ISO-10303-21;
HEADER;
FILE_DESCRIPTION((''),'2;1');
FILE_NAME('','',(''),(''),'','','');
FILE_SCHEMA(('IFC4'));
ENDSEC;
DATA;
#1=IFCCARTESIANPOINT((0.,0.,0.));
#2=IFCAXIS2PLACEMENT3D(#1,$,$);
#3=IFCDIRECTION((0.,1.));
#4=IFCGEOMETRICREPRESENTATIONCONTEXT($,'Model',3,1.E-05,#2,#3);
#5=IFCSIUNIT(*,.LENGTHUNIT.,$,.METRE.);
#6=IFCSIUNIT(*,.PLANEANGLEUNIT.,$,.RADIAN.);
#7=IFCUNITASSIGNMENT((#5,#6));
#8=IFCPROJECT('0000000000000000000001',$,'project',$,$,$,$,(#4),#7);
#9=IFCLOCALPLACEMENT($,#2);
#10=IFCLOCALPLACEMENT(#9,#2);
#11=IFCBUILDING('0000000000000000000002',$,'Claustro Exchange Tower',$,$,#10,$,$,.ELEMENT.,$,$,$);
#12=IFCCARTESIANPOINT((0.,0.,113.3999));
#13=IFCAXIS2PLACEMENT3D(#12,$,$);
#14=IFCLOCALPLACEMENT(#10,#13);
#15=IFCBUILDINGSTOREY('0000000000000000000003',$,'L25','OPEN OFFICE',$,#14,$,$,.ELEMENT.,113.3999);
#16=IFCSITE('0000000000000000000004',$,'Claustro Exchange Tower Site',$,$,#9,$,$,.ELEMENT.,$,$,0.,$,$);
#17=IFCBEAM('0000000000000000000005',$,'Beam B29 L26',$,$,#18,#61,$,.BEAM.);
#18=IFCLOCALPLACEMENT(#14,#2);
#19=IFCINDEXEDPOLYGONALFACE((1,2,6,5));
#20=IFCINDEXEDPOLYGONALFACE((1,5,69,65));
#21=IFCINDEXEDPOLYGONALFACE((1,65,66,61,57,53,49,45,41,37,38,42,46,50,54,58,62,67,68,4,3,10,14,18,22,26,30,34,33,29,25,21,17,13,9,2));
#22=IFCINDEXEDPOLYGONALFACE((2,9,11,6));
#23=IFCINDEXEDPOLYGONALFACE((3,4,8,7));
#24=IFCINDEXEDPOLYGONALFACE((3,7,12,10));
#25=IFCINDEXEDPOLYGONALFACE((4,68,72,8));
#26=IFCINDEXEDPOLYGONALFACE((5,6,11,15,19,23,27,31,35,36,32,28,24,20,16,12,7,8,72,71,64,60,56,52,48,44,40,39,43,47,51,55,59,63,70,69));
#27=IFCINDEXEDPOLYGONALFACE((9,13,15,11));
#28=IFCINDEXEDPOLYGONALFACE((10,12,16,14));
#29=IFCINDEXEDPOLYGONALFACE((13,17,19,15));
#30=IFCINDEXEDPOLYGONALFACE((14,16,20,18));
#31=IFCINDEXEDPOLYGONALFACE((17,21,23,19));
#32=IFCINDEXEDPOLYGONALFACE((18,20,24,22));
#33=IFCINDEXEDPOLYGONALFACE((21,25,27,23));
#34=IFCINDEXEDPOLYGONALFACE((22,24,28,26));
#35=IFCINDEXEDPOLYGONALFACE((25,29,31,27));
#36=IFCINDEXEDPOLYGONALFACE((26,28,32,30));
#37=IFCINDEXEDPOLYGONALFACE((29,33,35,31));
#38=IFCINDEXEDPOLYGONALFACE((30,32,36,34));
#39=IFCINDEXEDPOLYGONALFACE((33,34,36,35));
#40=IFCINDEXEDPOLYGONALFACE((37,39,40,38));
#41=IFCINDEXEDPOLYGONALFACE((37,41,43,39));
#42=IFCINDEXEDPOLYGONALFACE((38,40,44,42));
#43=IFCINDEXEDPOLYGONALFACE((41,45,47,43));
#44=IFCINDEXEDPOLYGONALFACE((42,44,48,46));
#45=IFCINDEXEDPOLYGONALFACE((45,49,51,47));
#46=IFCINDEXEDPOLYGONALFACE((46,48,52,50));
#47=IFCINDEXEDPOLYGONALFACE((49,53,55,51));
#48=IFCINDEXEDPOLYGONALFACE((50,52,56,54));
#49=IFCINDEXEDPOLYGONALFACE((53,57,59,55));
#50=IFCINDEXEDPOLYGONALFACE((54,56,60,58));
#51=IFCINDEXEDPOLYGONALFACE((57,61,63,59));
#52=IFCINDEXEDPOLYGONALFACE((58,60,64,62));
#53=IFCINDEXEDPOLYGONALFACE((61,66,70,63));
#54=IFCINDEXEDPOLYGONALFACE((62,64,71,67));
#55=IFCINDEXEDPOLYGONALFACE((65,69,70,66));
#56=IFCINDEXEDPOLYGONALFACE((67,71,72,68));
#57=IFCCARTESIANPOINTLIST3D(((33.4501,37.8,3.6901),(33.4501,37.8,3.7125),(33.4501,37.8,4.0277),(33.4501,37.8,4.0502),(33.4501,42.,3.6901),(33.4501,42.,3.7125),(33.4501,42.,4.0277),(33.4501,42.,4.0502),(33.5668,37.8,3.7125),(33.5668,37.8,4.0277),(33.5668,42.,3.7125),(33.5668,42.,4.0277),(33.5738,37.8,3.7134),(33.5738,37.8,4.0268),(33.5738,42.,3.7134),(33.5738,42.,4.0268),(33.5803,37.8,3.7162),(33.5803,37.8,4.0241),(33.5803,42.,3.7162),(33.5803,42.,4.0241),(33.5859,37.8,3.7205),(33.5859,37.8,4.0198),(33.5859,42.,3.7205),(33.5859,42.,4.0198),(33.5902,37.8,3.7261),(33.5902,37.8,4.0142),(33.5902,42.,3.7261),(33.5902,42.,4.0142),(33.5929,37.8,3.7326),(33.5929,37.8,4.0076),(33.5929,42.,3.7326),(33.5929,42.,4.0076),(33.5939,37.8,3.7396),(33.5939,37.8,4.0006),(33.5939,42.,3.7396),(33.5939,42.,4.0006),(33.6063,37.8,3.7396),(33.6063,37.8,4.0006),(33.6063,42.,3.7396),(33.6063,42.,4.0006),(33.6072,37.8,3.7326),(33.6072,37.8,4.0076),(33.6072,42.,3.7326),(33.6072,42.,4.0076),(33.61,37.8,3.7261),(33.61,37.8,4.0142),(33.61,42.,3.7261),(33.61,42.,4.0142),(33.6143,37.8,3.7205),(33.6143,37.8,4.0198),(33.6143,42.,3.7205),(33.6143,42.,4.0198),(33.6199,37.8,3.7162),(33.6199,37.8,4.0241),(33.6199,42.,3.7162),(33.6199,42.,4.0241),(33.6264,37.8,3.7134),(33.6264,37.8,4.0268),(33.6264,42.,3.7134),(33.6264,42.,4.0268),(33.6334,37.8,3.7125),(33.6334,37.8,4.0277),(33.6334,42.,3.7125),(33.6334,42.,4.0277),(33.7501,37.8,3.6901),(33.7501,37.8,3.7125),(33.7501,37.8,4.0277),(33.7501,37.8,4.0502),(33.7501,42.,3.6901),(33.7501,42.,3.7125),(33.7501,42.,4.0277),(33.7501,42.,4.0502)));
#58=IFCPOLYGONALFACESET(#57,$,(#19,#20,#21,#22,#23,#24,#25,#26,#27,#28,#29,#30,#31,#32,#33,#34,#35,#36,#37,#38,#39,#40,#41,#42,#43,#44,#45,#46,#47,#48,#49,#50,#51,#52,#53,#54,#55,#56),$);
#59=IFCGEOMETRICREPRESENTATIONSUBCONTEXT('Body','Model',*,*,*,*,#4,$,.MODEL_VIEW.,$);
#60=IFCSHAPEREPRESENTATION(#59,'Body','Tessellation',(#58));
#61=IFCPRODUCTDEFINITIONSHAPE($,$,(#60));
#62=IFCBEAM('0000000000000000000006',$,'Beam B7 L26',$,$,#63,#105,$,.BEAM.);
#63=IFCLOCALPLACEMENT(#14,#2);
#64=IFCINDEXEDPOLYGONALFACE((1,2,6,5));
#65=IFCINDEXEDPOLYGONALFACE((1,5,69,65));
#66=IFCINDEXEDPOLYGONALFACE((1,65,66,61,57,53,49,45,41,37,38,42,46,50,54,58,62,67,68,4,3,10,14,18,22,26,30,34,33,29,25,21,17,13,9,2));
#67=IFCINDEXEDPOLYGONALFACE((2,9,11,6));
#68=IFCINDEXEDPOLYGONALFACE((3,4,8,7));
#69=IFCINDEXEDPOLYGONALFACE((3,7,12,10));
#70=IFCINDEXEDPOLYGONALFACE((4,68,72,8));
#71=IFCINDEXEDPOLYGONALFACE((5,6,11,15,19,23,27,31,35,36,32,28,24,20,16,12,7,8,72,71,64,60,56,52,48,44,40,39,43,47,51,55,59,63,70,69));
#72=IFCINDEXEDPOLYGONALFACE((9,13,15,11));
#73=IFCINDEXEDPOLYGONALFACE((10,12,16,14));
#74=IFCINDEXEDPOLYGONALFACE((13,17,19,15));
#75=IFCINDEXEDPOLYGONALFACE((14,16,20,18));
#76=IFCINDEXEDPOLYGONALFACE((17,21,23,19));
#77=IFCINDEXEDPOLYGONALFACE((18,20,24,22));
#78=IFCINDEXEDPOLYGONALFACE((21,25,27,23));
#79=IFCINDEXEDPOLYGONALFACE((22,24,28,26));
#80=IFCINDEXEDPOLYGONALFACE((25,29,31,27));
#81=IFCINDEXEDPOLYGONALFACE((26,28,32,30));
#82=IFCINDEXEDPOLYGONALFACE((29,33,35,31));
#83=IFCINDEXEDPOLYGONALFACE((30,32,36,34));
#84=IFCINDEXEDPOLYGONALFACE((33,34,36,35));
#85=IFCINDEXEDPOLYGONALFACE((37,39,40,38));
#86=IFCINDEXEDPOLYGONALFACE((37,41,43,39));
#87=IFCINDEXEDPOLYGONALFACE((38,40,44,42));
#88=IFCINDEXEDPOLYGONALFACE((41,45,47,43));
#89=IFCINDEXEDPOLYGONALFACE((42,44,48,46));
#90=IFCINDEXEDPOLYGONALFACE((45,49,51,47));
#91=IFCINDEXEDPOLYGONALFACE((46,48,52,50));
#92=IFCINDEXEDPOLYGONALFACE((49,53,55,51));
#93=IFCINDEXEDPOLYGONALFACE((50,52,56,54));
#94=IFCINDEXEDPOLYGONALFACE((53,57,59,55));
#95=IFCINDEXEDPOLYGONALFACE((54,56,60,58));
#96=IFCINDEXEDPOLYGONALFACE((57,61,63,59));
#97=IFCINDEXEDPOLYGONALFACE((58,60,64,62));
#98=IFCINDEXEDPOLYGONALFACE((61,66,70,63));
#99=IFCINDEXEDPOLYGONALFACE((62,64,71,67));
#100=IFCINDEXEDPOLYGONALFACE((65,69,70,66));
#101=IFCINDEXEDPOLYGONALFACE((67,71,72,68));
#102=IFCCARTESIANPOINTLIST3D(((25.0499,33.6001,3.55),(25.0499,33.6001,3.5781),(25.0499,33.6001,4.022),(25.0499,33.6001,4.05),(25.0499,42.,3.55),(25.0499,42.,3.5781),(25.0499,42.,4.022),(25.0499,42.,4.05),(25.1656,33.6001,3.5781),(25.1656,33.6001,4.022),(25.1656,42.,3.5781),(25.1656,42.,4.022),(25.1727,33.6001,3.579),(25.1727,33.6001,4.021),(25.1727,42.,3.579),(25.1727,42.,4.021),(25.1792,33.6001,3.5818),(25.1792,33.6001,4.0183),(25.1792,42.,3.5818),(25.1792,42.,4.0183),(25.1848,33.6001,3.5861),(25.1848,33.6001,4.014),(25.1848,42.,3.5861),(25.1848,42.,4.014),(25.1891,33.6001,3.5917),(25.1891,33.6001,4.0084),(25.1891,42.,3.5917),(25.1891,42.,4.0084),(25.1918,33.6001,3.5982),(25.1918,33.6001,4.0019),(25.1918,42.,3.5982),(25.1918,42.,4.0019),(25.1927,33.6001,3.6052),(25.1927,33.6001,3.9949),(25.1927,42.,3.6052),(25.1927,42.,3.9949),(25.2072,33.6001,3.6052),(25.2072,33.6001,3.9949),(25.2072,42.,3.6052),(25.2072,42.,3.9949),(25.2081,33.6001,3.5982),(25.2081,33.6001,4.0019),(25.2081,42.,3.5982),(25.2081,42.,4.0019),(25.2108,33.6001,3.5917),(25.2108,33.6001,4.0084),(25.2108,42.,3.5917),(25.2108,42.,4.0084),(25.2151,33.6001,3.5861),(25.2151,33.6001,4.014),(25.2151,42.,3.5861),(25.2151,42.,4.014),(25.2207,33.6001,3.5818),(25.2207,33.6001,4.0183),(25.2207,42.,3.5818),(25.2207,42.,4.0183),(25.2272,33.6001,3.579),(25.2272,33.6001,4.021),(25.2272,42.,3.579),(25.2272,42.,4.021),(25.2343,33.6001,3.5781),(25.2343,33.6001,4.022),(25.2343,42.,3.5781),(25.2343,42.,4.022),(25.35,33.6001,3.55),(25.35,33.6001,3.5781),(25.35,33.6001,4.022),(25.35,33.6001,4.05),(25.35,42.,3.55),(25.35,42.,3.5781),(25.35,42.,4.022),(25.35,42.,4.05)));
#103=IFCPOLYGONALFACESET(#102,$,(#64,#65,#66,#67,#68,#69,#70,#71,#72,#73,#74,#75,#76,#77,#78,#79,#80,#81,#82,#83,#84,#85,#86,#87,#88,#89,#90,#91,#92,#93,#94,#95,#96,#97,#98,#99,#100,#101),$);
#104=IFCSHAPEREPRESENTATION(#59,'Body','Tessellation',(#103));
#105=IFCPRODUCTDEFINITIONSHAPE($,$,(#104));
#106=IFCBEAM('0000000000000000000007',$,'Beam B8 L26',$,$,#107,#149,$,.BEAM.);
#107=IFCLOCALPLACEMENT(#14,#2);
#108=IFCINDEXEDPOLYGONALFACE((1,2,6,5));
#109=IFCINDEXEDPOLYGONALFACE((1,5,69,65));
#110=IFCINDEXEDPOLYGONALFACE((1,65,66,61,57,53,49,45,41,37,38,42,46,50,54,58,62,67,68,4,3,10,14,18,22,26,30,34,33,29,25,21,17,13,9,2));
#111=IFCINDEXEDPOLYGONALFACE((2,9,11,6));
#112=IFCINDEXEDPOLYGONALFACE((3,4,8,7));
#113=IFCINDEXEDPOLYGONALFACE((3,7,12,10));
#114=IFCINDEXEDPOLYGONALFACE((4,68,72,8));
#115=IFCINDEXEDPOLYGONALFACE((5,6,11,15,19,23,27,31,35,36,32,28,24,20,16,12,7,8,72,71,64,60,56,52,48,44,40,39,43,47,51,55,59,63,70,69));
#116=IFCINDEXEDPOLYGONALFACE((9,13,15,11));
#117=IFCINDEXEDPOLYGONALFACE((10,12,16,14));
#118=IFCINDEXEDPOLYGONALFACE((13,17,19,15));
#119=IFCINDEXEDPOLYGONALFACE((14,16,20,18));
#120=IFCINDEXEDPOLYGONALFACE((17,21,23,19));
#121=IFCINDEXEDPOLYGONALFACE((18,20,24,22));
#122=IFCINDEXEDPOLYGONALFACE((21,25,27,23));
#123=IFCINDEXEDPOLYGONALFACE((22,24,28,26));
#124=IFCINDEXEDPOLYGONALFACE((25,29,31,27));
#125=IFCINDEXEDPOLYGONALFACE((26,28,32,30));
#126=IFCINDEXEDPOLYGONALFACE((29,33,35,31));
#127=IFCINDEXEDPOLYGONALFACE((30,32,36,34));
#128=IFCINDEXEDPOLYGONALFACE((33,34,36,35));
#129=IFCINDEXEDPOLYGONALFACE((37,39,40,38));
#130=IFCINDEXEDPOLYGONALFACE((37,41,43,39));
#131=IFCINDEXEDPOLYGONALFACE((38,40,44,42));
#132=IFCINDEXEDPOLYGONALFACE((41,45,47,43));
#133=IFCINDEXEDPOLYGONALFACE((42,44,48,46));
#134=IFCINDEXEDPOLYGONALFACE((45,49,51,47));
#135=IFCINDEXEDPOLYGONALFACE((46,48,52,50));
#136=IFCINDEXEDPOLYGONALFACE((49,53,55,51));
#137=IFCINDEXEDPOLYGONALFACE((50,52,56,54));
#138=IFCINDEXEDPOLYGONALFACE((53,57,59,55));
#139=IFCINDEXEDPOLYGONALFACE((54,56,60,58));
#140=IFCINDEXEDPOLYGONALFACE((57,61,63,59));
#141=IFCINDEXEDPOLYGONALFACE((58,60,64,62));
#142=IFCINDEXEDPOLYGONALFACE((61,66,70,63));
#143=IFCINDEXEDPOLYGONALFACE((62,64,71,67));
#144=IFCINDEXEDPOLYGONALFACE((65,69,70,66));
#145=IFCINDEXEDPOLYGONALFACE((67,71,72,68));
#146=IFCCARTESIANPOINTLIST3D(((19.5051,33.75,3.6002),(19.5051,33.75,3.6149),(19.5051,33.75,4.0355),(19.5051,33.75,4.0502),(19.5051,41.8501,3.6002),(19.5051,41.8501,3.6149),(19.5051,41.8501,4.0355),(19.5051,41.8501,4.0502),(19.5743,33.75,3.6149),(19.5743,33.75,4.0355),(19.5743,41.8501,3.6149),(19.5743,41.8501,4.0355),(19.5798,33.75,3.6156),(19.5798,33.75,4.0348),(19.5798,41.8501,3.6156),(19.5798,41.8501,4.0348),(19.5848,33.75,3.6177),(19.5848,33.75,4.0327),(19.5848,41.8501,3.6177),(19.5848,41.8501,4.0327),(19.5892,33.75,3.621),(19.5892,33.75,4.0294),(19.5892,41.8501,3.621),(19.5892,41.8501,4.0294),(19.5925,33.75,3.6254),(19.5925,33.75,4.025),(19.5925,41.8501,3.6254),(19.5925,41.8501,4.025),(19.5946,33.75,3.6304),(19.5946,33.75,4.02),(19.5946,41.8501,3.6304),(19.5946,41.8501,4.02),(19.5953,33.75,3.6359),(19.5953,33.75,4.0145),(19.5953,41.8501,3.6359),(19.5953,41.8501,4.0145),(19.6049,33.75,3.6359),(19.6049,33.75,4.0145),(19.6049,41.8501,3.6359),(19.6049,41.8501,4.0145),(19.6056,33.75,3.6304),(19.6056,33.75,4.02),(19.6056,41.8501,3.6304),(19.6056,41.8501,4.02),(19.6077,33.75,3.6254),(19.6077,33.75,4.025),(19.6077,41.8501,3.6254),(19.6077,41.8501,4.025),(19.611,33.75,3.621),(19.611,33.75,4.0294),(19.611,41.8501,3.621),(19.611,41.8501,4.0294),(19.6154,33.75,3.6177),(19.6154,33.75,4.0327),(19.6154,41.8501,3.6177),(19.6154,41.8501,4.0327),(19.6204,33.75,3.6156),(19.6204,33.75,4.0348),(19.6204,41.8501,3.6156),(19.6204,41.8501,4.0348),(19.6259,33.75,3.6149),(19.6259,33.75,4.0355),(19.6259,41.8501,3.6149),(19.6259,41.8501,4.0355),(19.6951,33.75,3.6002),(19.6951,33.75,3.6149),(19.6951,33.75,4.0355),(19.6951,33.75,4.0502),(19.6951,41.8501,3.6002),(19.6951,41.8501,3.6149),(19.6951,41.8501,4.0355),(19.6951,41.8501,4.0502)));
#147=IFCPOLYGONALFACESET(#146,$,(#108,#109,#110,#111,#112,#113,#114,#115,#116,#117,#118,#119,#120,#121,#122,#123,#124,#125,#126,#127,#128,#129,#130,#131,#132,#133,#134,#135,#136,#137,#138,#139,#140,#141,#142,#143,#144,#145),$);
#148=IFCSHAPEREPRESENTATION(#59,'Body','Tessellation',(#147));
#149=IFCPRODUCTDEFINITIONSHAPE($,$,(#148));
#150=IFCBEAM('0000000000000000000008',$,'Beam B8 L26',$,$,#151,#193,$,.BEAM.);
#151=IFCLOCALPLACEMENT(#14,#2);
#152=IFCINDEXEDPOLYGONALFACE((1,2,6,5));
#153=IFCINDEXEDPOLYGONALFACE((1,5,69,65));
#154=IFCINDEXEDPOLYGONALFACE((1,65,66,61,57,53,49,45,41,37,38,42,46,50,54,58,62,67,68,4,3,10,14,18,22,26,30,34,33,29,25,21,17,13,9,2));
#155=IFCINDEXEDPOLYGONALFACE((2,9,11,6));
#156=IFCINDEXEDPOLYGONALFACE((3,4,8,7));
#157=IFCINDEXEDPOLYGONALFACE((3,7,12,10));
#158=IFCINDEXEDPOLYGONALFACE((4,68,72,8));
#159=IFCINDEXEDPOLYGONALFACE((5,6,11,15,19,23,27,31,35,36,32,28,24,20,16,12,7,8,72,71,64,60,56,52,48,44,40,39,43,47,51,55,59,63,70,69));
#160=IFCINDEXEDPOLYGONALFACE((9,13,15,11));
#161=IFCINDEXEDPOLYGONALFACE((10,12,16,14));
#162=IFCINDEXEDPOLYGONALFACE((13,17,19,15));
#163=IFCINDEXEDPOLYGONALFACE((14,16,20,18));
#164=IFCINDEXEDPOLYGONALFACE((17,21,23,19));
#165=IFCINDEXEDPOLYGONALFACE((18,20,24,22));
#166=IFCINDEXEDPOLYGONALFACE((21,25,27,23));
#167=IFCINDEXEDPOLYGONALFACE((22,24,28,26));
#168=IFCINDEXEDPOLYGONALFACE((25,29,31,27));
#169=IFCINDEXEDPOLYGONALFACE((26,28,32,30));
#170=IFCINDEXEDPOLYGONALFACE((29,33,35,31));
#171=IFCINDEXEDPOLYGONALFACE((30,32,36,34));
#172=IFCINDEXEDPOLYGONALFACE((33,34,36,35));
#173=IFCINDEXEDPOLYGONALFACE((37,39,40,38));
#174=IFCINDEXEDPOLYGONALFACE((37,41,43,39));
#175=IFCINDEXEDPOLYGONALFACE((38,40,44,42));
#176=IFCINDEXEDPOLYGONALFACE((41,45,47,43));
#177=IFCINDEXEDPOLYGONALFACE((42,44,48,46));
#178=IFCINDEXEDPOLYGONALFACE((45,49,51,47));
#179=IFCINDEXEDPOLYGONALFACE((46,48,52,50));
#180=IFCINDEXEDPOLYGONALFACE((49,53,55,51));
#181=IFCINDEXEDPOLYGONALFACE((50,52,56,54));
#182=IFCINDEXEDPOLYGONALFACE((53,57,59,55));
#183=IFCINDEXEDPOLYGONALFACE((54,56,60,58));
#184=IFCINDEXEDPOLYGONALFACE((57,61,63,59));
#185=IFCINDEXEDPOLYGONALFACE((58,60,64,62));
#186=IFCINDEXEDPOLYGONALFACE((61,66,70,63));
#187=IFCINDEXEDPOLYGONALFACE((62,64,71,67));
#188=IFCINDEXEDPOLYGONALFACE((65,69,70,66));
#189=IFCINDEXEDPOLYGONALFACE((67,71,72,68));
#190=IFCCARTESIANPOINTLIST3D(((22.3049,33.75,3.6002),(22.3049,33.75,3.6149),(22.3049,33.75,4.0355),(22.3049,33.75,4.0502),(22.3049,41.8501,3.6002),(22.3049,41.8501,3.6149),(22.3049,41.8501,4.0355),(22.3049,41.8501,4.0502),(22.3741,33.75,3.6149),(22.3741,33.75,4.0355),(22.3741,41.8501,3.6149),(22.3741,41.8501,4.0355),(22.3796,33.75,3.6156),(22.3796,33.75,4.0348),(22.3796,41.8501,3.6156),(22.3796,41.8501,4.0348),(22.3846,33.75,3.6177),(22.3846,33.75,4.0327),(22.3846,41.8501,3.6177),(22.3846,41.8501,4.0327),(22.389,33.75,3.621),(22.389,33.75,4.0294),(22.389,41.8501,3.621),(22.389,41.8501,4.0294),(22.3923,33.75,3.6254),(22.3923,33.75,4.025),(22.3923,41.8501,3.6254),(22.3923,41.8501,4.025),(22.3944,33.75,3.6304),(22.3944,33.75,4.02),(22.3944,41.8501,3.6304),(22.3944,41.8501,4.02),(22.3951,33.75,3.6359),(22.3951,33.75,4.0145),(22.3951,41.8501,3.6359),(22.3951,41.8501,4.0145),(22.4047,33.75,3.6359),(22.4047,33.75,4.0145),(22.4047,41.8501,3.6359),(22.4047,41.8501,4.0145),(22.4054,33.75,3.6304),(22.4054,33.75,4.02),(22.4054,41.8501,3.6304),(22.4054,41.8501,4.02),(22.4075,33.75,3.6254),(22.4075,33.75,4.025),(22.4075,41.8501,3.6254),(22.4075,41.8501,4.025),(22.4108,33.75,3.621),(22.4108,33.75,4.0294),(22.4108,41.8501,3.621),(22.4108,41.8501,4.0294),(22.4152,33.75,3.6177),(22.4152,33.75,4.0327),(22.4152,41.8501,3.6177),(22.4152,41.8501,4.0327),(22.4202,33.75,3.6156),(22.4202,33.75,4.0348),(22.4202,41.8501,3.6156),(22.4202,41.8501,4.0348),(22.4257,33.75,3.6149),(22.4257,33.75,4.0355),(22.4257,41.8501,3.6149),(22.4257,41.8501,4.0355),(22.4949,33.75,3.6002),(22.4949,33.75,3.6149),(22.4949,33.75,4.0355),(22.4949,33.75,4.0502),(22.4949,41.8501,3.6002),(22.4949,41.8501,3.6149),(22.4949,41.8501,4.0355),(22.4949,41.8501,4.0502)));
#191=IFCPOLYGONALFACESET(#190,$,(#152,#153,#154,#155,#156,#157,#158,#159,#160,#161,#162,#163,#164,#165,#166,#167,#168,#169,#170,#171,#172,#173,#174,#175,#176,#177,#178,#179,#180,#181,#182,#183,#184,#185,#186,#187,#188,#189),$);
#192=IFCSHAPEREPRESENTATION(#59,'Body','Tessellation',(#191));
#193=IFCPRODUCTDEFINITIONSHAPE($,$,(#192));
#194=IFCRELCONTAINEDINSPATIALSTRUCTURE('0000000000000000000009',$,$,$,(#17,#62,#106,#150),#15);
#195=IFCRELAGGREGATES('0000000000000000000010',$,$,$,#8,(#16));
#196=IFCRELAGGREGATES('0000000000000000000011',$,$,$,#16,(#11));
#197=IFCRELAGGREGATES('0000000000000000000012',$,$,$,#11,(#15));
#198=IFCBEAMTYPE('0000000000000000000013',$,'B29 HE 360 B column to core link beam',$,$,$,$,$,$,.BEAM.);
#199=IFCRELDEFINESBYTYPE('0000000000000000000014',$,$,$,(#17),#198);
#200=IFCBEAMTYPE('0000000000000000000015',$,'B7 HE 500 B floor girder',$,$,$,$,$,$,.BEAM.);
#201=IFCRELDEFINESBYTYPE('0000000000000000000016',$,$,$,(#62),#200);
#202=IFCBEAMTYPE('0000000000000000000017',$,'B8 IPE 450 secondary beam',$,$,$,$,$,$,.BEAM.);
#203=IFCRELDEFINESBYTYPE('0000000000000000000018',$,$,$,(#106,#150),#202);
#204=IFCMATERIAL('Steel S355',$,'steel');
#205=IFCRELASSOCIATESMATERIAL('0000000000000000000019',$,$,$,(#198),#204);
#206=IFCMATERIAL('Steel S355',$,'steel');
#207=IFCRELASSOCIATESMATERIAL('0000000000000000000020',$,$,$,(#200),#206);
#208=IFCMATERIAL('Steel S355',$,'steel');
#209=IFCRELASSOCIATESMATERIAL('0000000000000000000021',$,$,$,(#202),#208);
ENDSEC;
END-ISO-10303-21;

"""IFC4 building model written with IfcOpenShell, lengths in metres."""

from ifc_helpers import new_model, si_unit, direction, frame, origin, origin_2d, place, context, subcontext, project, spatial, i_section, extrude, material, material_profile, profile_set, type_object, element, save


model = new_model("IFC4")

# Units and contexts
model_context = context("Model", 3, precision=1e-05, world=origin(), true_north=direction((0.0, 1.0)))
body_context = subcontext(model_context, "Body", "Model", "MODEL_VIEW")
ifc_project = project(units=[si_unit("LENGTHUNIT", "METRE"), si_unit("PLANEANGLEUNIT", "RADIAN")], contexts=[model_context])

# Site, building, storey
site_placement = place(None, origin())
site = spatial("IfcSite", under=ifc_project, at=site_placement, Name="Claustro Exchange Tower Site", CompositionType="ELEMENT", RefElevation=0.0)
building_placement = place(site_placement, origin())
building = spatial("IfcBuilding", under=site, at=building_placement, Name="Claustro Exchange Tower", CompositionType="ELEMENT")
storey_placement = place(building_placement, frame((0.0, 0.0, 113.3999)))
storey = spatial("IfcBuildingStorey", under=building, at=storey_placement, Name="L25", Description="OPEN OFFICE", CompositionType="ELEMENT", Elevation=113.3999)

# Beams
ifc_material_1 = material(Name="Steel S355", Category="steel")
ifc_material_profile_1 = material_profile(ifc_material_1, i_section(OverallWidth=0.3, OverallDepth=0.3601, WebThickness=0.0125, FlangeThickness=0.0225, FilletRadius=0.0271, at=origin_2d()), Name="HE 360 B")
ifc_profile_set_1 = profile_set([ifc_material_profile_1], Name="Steel S355")
beam_type_1 = type_object("IfcBeamType", Name="B29 HE 360 B column to core link beam", PredefinedType="BEAM", material=ifc_profile_set_1)
beam_1_placement = place(storey_placement, frame((33.6001, 37.8, 3.8701), z_axis=(0.0, 1.0, 0.0), x_axis=(-1.0, 0.0, 0.0)))
element("IfcBeam", 1, at=beam_1_placement, inside=storey, type_object=beam_type_1, Name="Beam B29 L26", PredefinedType="BEAM", context=body_context, shape_type="SweptSolid", body=[
    extrude(i_section(OverallWidth=0.3, OverallDepth=0.3601, WebThickness=0.0125, FlangeThickness=0.0225, FilletRadius=0.0271, at=origin_2d()), origin(), (0.0, 0.0, 1.0), 4.2),
])
ifc_material_2 = material(Name="Steel S355", Category="steel")
ifc_material_profile_2 = material_profile(ifc_material_2, i_section(OverallWidth=0.3, OverallDepth=0.5, WebThickness=0.0144, FlangeThickness=0.0281, FilletRadius=0.0271, at=origin_2d()), Name="HE 500 B")
ifc_profile_set_2 = profile_set([ifc_material_profile_2], Name="Steel S355")
beam_type_2 = type_object("IfcBeamType", Name="B7 HE 500 B floor girder", PredefinedType="BEAM", material=ifc_profile_set_2)
beam_2_placement = place(storey_placement, frame((25.2, 33.6001, 3.8), z_axis=(0.0, 1.0, 0.0), x_axis=(-1.0, 0.0, 0.0)))
element("IfcBeam", 2, at=beam_2_placement, inside=storey, type_object=beam_type_2, Name="Beam B7 L26", PredefinedType="BEAM", context=body_context, shape_type="SweptSolid", body=[
    extrude(i_section(OverallWidth=0.3, OverallDepth=0.5, WebThickness=0.0144, FlangeThickness=0.0281, FilletRadius=0.0271, at=origin_2d()), origin(), (0.0, 0.0, 1.0), 8.3999),
])
ifc_material_3 = material(Name="Steel S355", Category="steel")
ifc_material_profile_3 = material_profile(ifc_material_3, i_section(OverallWidth=0.1899, OverallDepth=0.45, WebThickness=0.0095, FlangeThickness=0.0146, FilletRadius=0.021, at=origin_2d()), Name="IPE 450")
ifc_profile_set_3 = profile_set([ifc_material_profile_3], Name="Steel S355")
beam_type_3 = type_object("IfcBeamType", Name="B8 IPE 450 secondary beam", PredefinedType="BEAM", material=ifc_profile_set_3)
for number, where, z_axis, x_axis, name in (
    (3, (19.6001, 33.75, 3.8252), (0.0, 1.0, 0.0), (-1.0, 0.0, 0.0), "Beam B8 L26"),
    (4, (22.3999, 33.75, 3.8252), (0.0, 1.0, 0.0), (-1.0, 0.0, 0.0), "Beam B8 L26"),
):
    element("IfcBeam", number, at=place(storey_placement, frame(where, z_axis=z_axis, x_axis=x_axis)), inside=storey, type_object=beam_type_3, Name=name, PredefinedType="BEAM", context=body_context, shape_type="SweptSolid", body=[
        extrude(i_section(OverallWidth=0.1899, OverallDepth=0.45, WebThickness=0.0095, FlangeThickness=0.0146, FilletRadius=0.021, at=origin_2d()), origin(), (0.0, 0.0, 1.0), 8.1001),
    ])

save(model, "model.ifc")
